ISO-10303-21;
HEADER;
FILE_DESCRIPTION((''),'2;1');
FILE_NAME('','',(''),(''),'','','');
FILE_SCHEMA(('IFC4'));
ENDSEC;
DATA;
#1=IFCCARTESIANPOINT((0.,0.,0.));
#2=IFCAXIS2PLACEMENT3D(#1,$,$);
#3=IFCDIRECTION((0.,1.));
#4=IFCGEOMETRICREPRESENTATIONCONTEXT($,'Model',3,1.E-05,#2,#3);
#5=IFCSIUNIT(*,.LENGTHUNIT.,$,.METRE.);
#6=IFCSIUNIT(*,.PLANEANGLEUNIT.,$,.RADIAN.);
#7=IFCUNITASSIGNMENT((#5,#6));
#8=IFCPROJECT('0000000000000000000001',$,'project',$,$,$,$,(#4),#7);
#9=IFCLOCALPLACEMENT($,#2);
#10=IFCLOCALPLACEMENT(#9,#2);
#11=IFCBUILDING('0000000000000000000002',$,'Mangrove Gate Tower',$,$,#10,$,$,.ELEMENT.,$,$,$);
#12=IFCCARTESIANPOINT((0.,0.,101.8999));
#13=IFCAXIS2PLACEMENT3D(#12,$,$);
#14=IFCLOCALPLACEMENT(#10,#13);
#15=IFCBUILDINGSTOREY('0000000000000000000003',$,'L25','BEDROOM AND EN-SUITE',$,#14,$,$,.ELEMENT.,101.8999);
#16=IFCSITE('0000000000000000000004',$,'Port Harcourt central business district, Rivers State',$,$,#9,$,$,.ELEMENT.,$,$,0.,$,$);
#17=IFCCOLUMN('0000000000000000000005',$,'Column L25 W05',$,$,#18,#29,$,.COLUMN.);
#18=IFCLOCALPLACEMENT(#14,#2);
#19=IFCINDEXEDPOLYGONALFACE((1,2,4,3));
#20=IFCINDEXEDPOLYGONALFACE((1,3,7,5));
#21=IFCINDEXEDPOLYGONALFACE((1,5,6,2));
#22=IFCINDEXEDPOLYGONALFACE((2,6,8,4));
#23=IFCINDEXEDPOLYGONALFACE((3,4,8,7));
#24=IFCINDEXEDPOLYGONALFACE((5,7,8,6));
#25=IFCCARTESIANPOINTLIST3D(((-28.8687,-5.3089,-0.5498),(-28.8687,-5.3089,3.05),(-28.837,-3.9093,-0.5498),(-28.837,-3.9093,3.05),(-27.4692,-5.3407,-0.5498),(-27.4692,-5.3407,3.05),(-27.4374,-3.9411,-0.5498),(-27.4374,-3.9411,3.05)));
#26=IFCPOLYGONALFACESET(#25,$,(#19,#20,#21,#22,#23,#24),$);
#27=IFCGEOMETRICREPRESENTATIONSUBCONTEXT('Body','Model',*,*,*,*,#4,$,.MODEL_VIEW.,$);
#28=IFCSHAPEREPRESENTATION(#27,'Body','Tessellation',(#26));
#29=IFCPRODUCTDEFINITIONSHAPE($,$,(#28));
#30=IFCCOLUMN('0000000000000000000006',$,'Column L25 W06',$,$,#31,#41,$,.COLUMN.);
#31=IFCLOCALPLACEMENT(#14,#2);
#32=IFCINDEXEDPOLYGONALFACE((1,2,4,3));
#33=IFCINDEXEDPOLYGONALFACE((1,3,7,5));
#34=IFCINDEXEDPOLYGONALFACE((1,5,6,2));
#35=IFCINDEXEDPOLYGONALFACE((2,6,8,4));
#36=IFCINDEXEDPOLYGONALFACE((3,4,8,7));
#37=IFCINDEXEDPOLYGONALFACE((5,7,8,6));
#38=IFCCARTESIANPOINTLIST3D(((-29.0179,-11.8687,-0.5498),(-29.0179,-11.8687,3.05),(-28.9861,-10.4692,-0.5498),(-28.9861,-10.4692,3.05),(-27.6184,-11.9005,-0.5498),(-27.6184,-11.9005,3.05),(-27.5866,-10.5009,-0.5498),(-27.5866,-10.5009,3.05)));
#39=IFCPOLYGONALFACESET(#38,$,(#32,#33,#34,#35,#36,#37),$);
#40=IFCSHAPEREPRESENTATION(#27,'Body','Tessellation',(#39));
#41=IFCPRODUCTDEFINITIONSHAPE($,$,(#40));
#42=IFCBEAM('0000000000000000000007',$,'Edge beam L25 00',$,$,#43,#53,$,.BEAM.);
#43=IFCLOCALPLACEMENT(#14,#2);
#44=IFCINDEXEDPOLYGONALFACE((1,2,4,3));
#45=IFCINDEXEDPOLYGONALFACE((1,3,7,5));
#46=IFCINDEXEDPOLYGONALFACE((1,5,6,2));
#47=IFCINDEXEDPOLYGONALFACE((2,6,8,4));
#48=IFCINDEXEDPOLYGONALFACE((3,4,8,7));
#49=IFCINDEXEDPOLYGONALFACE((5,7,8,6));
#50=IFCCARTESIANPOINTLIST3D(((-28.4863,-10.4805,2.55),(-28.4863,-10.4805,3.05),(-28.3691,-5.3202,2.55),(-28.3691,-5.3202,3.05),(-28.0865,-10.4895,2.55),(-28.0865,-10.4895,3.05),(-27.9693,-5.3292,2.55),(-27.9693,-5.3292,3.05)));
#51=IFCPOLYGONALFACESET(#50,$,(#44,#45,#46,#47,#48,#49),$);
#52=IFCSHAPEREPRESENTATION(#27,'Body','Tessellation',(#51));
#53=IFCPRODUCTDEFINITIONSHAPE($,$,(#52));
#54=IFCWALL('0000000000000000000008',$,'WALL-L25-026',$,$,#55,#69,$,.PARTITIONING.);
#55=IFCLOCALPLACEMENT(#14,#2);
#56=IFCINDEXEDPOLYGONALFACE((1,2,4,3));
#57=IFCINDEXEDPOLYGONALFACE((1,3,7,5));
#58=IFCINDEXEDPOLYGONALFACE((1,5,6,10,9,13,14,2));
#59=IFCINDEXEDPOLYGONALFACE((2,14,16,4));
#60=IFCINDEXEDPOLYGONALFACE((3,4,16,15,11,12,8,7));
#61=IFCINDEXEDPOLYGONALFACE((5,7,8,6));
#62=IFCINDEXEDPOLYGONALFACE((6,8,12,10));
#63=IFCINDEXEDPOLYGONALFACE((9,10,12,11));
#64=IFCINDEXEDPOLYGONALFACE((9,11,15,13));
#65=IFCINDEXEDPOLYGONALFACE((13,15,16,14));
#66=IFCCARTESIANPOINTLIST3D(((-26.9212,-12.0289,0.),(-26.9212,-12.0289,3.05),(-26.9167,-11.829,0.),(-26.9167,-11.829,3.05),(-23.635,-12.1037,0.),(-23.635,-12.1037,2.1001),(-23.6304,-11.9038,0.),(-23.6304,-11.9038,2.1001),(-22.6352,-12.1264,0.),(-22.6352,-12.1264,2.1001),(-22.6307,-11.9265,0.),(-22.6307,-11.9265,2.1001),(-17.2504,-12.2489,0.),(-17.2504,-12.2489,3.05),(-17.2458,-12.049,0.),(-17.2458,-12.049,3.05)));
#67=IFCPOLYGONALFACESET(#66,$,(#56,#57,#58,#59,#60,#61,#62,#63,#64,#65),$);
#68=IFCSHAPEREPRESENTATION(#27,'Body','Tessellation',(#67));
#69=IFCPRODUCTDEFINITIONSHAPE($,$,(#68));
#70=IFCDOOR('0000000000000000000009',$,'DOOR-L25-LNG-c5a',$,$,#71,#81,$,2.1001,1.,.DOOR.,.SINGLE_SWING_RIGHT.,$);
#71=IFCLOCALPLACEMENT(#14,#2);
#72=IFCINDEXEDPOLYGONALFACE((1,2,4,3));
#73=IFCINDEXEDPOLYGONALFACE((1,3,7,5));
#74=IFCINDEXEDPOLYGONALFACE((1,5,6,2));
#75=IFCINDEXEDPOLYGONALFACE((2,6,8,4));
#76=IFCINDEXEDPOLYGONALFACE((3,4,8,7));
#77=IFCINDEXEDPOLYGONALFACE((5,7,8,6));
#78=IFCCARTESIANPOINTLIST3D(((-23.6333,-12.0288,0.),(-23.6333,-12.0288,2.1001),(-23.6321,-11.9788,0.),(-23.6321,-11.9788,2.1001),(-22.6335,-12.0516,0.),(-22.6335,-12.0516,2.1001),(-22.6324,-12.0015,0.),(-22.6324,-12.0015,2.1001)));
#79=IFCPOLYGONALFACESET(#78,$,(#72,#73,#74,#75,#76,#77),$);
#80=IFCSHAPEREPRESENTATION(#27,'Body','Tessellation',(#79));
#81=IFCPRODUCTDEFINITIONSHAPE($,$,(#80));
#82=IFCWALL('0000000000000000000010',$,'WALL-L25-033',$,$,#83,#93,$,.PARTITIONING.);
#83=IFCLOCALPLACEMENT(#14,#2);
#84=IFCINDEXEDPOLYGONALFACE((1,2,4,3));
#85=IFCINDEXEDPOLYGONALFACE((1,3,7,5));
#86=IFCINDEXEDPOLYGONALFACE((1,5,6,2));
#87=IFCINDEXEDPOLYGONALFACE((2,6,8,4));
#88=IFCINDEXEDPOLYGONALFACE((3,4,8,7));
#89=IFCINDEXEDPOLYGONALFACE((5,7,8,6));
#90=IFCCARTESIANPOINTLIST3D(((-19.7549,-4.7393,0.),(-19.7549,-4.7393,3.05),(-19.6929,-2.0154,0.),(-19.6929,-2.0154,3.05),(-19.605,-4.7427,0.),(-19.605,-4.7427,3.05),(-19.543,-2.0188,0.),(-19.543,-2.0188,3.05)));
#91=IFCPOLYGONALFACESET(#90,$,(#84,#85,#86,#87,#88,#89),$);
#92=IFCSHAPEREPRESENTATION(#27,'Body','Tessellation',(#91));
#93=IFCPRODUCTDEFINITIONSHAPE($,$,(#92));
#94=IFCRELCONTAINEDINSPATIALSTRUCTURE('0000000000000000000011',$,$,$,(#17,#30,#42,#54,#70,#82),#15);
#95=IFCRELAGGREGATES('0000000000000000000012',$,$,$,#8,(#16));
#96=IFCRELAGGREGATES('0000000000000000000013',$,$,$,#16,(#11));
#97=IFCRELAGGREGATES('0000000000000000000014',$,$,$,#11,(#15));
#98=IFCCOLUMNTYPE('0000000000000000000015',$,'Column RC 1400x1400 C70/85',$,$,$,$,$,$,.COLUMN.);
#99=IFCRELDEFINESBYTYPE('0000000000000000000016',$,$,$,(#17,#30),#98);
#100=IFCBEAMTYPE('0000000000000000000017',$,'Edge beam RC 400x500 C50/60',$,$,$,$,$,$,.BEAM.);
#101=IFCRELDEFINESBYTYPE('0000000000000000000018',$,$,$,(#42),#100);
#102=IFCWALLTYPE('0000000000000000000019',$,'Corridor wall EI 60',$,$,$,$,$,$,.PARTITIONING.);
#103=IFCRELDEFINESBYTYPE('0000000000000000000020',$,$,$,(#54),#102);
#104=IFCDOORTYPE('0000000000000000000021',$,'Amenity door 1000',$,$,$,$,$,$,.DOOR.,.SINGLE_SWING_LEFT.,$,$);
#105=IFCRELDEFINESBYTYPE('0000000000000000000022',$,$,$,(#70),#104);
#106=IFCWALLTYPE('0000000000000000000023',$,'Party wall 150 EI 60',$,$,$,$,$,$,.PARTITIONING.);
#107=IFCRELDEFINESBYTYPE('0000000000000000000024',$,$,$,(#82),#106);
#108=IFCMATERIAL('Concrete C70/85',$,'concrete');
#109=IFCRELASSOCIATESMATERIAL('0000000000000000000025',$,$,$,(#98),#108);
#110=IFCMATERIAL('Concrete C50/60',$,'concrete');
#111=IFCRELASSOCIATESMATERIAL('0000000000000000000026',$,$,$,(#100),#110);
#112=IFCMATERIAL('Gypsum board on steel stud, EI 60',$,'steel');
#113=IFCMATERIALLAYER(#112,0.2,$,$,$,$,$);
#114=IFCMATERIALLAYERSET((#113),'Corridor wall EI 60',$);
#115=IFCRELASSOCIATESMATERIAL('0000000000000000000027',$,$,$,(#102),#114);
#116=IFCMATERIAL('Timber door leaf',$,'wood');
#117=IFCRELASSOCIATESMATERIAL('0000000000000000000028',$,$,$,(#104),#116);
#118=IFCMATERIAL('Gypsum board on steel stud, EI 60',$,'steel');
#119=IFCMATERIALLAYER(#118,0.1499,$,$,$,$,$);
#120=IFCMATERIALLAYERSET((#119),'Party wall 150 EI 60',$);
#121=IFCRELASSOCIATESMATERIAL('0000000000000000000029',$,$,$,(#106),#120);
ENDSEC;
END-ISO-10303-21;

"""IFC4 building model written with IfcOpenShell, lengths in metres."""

from ifc_helpers import new_model, si_unit, direction, frame, frame_2d, origin, origin_2d, place, context, subcontext, project, spatial, rectangle, extrude, material, layer, layer_set, material_profile, profile_set, type_object, element, fill, save


model = new_model("IFC4")

# Units and contexts
model_context = context("Model", 3, precision=1e-05, world=origin(), true_north=direction((0.0, 1.0)))
body_context = subcontext(model_context, "Body", "Model", "MODEL_VIEW")
ifc_project = project(units=[si_unit("LENGTHUNIT", "METRE"), si_unit("PLANEANGLEUNIT", "RADIAN")], contexts=[model_context])

# Site, building, storey
site_placement = place(None, origin())
site = spatial("IfcSite", under=ifc_project, at=site_placement, Name="Port Harcourt central business district, Rivers State", CompositionType="ELEMENT", RefElevation=0.0)
building_placement = place(site_placement, origin())
building = spatial("IfcBuilding", under=site, at=building_placement, Name="Mangrove Gate Tower", CompositionType="ELEMENT")
storey_placement = place(building_placement, frame((0.0, 0.0, 101.8999)))
storey = spatial("IfcBuildingStorey", under=building, at=storey_placement, Name="L25", Description="BEDROOM AND EN-SUITE", CompositionType="ELEMENT", Elevation=101.8999)

# Columns
ifc_material_1 = material(Name="Concrete C70/85", Category="concrete")
ifc_material_profile_1 = material_profile(ifc_material_1, rectangle(XDim=1.3999, YDim=1.3999, at=origin_2d()))
ifc_profile_set_1 = profile_set([ifc_material_profile_1], Name="Concrete C70/85")
column_type = type_object("IfcColumnType", Name="Column RC 1400x1400 C70/85", PredefinedType="COLUMN", material=ifc_profile_set_1)
for number, where, z_axis, x_axis, name in (
    (1, (-28.1531, -4.625, -0.5498), (0.0, 0.0, 1.0), (-0.022696, -0.999742, 0.0), "Column L25 W05"),
    (2, (-28.3022, -11.1848, -0.5498), (0.0, 0.0, 1.0), (-0.022706, -0.999742, 0.0), "Column L25 W06"),
):
    element("IfcColumn", number, at=place(storey_placement, frame(where, z_axis=z_axis, x_axis=x_axis)), inside=storey, type_object=column_type, Name=name, PredefinedType="COLUMN", context=body_context, shape_type="SweptSolid", body=[
        extrude(rectangle(XDim=1.3999, YDim=1.3999, at=origin_2d()), origin(), (0.0, 0.0, 1.0), 3.5999),
    ])

# Beam
ifc_material_2 = material(Name="Concrete C50/60", Category="concrete")
ifc_material_profile_2 = material_profile(ifc_material_2, rectangle(XDim=0.3999, YDim=0.5, at=origin_2d()))
ifc_profile_set_2 = profile_set([ifc_material_profile_2], Name="Concrete C50/60")
beam_type = type_object("IfcBeamType", Name="Edge beam RC 400x500 C50/60", PredefinedType="BEAM", material=ifc_profile_set_2)
beam_placement = place(storey_placement, frame((-28.1692, -5.3247, 2.8), z_axis=(-0.022703, -0.999742, 0.0), x_axis=(0.999742, -0.022703, 0.0)))
element("IfcBeam", 3, at=beam_placement, inside=storey, type_object=beam_type, Name="Edge beam L25 00", PredefinedType="BEAM", context=body_context, shape_type="SweptSolid", body=[
    extrude(rectangle(XDim=0.3999, YDim=0.5, at=origin_2d()), origin(), (0.0, 0.0, 1.0), 5.1616),
])

# Wall, opening, door
ifc_material_3 = material(Name="Gypsum board on steel stud, EI 60", Category="steel")
ifc_layer_1 = layer(ifc_material_3, 0.2)
ifc_layer_set_1 = layer_set([ifc_layer_1], Name="Corridor wall EI 60")
wall_type_1 = type_object("IfcWallType", Name="Corridor wall EI 60", PredefinedType="PARTITIONING", material=ifc_layer_set_1)
wall_1_placement = place(storey_placement, frame((-26.9189, -11.929, 0.0), z_axis=(0.0, 0.0, 1.0), x_axis=(0.999741, -0.02274, 0.0)))
wall_1 = element("IfcWall", 4, at=wall_1_placement, inside=storey, type_object=wall_type_1, Name="WALL-L25-026", PredefinedType="PARTITIONING", context=body_context, shape_type="SweptSolid", body=[
    extrude(rectangle(XDim=9.6733, YDim=0.2, at=frame_2d((4.8367, 0.0))), origin(), (0.0, 0.0, 1.0), 3.05),
])
opening_placement = place(wall_1_placement, frame((3.2871, 0.0, 0.0)))
opening = element("IfcOpeningElement", 5, at=opening_placement, cuts=wall_1, PredefinedType="OPENING", context=body_context, shape_type="SweptSolid", body=[
    extrude(rectangle(XDim=1.0, YDim=2.1001, at=frame_2d((0.5, 1.05))), frame((0.0, 0.1099, 0.0), z_axis=(0.0, -1.0, 0.0), x_axis=(1.0, 0.0, 0.0)), (0.0, 0.0, 1.0), 0.22),
])
ifc_material_4 = material(Name="Timber door leaf", Category="wood")
door_type = type_object("IfcDoorType", Name="Amenity door 1000", OperationType="SINGLE_SWING_LEFT", PredefinedType="DOOR", material=ifc_material_4)
door_placement = place(opening_placement, origin())
door = element("IfcDoor", 6, at=door_placement, inside=storey, type_object=door_type, Name="DOOR-L25-LNG-c5a", OperationType="SINGLE_SWING_RIGHT", OverallHeight=2.1001, OverallWidth=1.0, PredefinedType="DOOR", context=body_context, shape_type="SweptSolid", body=[
    extrude(rectangle(XDim=1.0, YDim=2.1001, at=frame_2d((0.5, 1.05))), frame((0.0, 0.0249, 0.0), z_axis=(0.0, -1.0, 0.0), x_axis=(1.0, 0.0, 0.0)), (0.0, 0.0, 1.0), 0.05),
])
fill(opening, door)

# Wall
ifc_material_5 = material(Name="Gypsum board on steel stud, EI 60", Category="steel")
ifc_layer_2 = layer(ifc_material_5, 0.1499)
ifc_layer_set_2 = layer_set([ifc_layer_2], Name="Party wall 150 EI 60")
wall_type_2 = type_object("IfcWallType", Name="Party wall 150 EI 60", PredefinedType="PARTITIONING", material=ifc_layer_set_2)
wall_2_placement = place(storey_placement, frame((-19.6799, -4.741, 0.0), z_axis=(0.0, 0.0, 1.0), x_axis=(0.02276, 0.999741, 0.0)))
element("IfcWall", 7, at=wall_2_placement, inside=storey, type_object=wall_type_2, Name="WALL-L25-033", PredefinedType="PARTITIONING", context=body_context, shape_type="SweptSolid", body=[
    extrude(rectangle(XDim=2.7246, YDim=0.1499, at=frame_2d((1.3623, 0.0))), origin(), (0.0, 0.0, 1.0), 3.05),
])

save(model, "model.ifc")
